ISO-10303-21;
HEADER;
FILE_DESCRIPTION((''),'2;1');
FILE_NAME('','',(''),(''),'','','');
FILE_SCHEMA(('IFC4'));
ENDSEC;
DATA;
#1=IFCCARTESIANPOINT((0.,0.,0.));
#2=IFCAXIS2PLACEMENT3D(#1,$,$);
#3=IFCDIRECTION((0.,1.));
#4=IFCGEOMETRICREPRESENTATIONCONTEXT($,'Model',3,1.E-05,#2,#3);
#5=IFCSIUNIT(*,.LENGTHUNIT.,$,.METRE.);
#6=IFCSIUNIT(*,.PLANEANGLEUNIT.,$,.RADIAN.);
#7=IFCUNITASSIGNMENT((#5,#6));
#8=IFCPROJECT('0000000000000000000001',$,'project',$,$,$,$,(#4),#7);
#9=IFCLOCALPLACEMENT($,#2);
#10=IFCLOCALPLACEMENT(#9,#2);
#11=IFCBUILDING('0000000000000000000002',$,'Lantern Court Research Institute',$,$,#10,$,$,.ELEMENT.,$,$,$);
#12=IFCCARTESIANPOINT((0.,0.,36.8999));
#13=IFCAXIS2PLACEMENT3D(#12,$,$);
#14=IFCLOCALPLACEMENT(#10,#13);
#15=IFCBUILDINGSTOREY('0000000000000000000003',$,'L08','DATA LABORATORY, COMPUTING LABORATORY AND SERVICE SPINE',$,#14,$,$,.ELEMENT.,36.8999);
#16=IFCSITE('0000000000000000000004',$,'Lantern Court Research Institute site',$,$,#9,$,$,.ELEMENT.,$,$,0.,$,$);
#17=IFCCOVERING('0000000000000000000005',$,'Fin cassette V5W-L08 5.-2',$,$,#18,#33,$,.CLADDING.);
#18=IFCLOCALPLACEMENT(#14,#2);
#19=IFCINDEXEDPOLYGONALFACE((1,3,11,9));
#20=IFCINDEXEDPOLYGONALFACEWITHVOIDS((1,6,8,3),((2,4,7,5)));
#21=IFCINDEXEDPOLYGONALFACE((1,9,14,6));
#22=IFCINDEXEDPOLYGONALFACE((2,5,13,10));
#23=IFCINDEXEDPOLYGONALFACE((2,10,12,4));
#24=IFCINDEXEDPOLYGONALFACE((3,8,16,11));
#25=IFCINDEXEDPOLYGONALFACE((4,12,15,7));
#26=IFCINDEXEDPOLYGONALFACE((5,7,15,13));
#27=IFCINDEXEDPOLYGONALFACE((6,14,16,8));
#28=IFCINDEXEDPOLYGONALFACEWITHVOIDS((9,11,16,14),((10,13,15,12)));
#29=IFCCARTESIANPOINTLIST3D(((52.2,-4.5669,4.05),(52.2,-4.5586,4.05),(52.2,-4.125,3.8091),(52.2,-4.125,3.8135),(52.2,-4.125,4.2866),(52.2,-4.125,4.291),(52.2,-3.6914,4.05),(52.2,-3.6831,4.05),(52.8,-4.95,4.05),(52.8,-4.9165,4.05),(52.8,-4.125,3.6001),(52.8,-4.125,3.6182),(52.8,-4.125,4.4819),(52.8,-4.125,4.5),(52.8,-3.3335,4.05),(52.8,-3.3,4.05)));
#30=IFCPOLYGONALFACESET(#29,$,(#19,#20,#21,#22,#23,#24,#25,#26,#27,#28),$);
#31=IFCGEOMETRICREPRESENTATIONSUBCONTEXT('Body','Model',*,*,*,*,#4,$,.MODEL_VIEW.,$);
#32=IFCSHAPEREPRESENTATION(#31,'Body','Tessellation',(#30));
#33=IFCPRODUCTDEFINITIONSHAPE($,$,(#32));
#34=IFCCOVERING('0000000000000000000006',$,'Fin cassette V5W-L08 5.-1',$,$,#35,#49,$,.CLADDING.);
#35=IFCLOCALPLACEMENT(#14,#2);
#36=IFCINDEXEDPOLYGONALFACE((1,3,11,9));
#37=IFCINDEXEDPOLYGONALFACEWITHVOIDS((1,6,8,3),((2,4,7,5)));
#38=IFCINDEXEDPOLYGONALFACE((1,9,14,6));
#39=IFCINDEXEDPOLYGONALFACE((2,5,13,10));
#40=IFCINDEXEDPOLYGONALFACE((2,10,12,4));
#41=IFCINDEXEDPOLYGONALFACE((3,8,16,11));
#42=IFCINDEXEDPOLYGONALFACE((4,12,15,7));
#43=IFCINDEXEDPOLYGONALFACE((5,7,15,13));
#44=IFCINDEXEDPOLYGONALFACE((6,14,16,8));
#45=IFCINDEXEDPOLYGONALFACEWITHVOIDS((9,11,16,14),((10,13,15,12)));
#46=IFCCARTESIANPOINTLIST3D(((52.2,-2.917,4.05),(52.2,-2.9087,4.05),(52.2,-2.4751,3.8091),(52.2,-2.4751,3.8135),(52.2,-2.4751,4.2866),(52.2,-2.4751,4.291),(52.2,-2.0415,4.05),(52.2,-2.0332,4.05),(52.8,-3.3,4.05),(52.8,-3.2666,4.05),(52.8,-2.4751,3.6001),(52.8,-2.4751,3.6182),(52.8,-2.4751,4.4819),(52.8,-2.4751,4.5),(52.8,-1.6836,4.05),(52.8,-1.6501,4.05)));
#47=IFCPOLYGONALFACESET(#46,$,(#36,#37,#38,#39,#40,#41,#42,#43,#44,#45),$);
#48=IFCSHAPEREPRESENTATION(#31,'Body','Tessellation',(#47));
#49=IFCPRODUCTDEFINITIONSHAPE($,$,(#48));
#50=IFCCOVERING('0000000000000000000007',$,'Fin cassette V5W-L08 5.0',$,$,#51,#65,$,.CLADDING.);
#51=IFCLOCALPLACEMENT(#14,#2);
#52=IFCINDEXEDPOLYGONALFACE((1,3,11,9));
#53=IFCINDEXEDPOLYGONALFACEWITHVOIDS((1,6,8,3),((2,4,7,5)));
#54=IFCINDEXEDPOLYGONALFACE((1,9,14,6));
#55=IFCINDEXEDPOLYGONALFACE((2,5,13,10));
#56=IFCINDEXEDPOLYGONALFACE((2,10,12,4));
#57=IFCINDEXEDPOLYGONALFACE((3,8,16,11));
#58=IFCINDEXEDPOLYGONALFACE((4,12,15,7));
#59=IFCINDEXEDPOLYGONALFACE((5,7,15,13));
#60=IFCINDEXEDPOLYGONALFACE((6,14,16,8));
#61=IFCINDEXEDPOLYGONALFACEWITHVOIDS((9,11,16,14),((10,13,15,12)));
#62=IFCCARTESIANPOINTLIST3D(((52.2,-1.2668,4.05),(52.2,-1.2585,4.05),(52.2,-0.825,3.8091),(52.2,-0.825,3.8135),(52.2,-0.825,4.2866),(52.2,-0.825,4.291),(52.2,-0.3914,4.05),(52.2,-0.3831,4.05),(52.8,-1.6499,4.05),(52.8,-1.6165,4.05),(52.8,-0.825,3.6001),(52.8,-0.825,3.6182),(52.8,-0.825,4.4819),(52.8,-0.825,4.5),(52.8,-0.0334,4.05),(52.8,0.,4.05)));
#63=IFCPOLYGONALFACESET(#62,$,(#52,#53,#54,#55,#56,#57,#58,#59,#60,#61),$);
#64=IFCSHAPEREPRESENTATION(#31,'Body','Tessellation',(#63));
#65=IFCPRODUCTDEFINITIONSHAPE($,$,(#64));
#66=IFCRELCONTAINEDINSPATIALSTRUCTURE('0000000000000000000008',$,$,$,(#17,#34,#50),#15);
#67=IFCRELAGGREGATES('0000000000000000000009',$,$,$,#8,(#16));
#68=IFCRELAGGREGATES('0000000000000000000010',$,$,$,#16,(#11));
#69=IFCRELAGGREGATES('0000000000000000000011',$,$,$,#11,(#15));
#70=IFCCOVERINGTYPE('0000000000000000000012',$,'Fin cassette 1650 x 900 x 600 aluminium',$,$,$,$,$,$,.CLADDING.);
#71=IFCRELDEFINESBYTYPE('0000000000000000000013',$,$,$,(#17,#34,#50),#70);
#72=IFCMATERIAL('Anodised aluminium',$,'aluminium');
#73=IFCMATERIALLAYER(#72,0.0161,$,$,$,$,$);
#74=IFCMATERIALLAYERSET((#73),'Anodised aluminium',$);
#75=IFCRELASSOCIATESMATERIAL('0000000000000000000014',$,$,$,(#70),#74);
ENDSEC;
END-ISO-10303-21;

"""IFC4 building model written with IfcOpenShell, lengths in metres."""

from ifc_helpers import new_model, entity, si_unit, direction, frame, origin, place, context, subcontext, project, spatial, material, layer, layer_set, type_object, element, save


model = new_model("IFC4")

# Units and contexts
model_context = context("Model", 3, precision=1e-05, world=origin(), true_north=direction((0.0, 1.0)))
body_context = subcontext(model_context, "Body", "Model", "MODEL_VIEW")
ifc_project = project(units=[si_unit("LENGTHUNIT", "METRE"), si_unit("PLANEANGLEUNIT", "RADIAN")], contexts=[model_context])

# Site, building, storey
site_placement = place(None, origin())
site = spatial("IfcSite", under=ifc_project, at=site_placement, Name="Lantern Court Research Institute site", CompositionType="ELEMENT", RefElevation=0.0)
building_placement = place(site_placement, origin())
building = spatial("IfcBuilding", under=site, at=building_placement, Name="Lantern Court Research Institute", CompositionType="ELEMENT")
storey_placement = place(building_placement, frame((0.0, 0.0, 36.8999)))
storey = spatial("IfcBuildingStorey", under=building, at=storey_placement, Name="L08", Description="DATA LABORATORY, COMPUTING LABORATORY AND SERVICE SPINE", CompositionType="ELEMENT", Elevation=36.8999)

# Coverings
ifc_material = material(Name="Anodised aluminium", Category="aluminium")
ifc_layer = layer(ifc_material, 0.0161)
ifc_layer_set = layer_set([ifc_layer], Name="Anodised aluminium")
covering_type = type_object("IfcCoveringType", Name="Fin cassette 1650 x 900 x 600 aluminium", PredefinedType="CLADDING", material=ifc_layer_set)
covering_1_placement = place(storey_placement, frame((52.8, -4.125, 4.05), z_axis=(-1.0, 0.0, 0.0), x_axis=(0.0, -1.0, 0.0)))
cartesian_point_1 = entity("IfcCartesianPoint", [0.825, 0.0])
cartesian_point_2 = entity("IfcCartesianPoint", [0.7915, 0.0])
cartesian_point_3 = entity("IfcCartesianPoint", [0.4419, 0.0])
cartesian_point_4 = entity("IfcCartesianPoint", [0.4336, 0.0])
element("IfcCovering", 1, at=covering_1_placement, inside=storey, type_object=covering_type, Name="Fin cassette V5W-L08 5.-2", PredefinedType="CLADDING", context=body_context, shape_type="SweptSolid", body=[
    entity("IfcExtrudedAreaSolidTapered", entity("IfcArbitraryProfileDefWithVoids", "AREA", None, entity("IfcPolyline", [cartesian_point_1, entity("IfcCartesianPoint", [0.0, 0.45]), entity("IfcCartesianPoint", [-0.825, 0.0]), entity("IfcCartesianPoint", [0.0, -0.45]), cartesian_point_1]), [entity("IfcPolyline", [cartesian_point_2, entity("IfcCartesianPoint", [0.0, 0.4319]), entity("IfcCartesianPoint", [-0.7915, 0.0]), entity("IfcCartesianPoint", [0.0, -0.4319]), cartesian_point_2])]), entity("IfcAxis2Placement3D", entity("IfcCartesianPoint", [0.0, 0.0, 0.0])), entity("IfcDirection", [0.0, 0.0, 1.0]), 0.6001, entity("IfcArbitraryProfileDefWithVoids", "AREA", None, entity("IfcPolyline", [cartesian_point_3, entity("IfcCartesianPoint", [0.0, 0.241]), entity("IfcCartesianPoint", [-0.4419, 0.0]), entity("IfcCartesianPoint", [0.0, -0.241]), cartesian_point_3]), [entity("IfcPolyline", [cartesian_point_4, entity("IfcCartesianPoint", [0.0, 0.2366]), entity("IfcCartesianPoint", [-0.4336, 0.0]), entity("IfcCartesianPoint", [0.0, -0.2366]), cartesian_point_4])])),
])
covering_2_placement = place(storey_placement, frame((52.8, -2.4751, 4.05), z_axis=(-1.0, 0.0, 0.0), x_axis=(0.0, -1.0, 0.0)))
cartesian_point_5 = entity("IfcCartesianPoint", [0.825, 0.0])
cartesian_point_6 = entity("IfcCartesianPoint", [0.7915, 0.0])
cartesian_point_7 = entity("IfcCartesianPoint", [0.4419, 0.0])
cartesian_point_8 = entity("IfcCartesianPoint", [0.4336, 0.0])
element("IfcCovering", 2, at=covering_2_placement, inside=storey, type_object=covering_type, Name="Fin cassette V5W-L08 5.-1", PredefinedType="CLADDING", context=body_context, shape_type="SweptSolid", body=[
    entity("IfcExtrudedAreaSolidTapered", entity("IfcArbitraryProfileDefWithVoids", "AREA", None, entity("IfcPolyline", [cartesian_point_5, entity("IfcCartesianPoint", [0.0, 0.45]), entity("IfcCartesianPoint", [-0.825, 0.0]), entity("IfcCartesianPoint", [0.0, -0.45]), cartesian_point_5]), [entity("IfcPolyline", [cartesian_point_6, entity("IfcCartesianPoint", [0.0, 0.4319]), entity("IfcCartesianPoint", [-0.7915, 0.0]), entity("IfcCartesianPoint", [0.0, -0.4319]), cartesian_point_6])]), entity("IfcAxis2Placement3D", entity("IfcCartesianPoint", [0.0, 0.0, 0.0])), entity("IfcDirection", [0.0, 0.0, 1.0]), 0.6001, entity("IfcArbitraryProfileDefWithVoids", "AREA", None, entity("IfcPolyline", [cartesian_point_7, entity("IfcCartesianPoint", [0.0, 0.241]), entity("IfcCartesianPoint", [-0.4419, 0.0]), entity("IfcCartesianPoint", [0.0, -0.241]), cartesian_point_7]), [entity("IfcPolyline", [cartesian_point_8, entity("IfcCartesianPoint", [0.0, 0.2366]), entity("IfcCartesianPoint", [-0.4336, 0.0]), entity("IfcCartesianPoint", [0.0, -0.2366]), cartesian_point_8])])),
])
covering_3_placement = place(storey_placement, frame((52.8, -0.825, 4.05), z_axis=(-1.0, 0.0, 0.0), x_axis=(0.0, -1.0, 0.0)))
cartesian_point_9 = entity("IfcCartesianPoint", [0.825, 0.0])
cartesian_point_10 = entity("IfcCartesianPoint", [0.7915, 0.0])
cartesian_point_11 = entity("IfcCartesianPoint", [0.4419, 0.0])
cartesian_point_12 = entity("IfcCartesianPoint", [0.4336, 0.0])
element("IfcCovering", 3, at=covering_3_placement, inside=storey, type_object=covering_type, Name="Fin cassette V5W-L08 5.0", PredefinedType="CLADDING", context=body_context, shape_type="SweptSolid", body=[
    entity("IfcExtrudedAreaSolidTapered", entity("IfcArbitraryProfileDefWithVoids", "AREA", None, entity("IfcPolyline", [cartesian_point_9, entity("IfcCartesianPoint", [0.0, 0.45]), entity("IfcCartesianPoint", [-0.825, 0.0]), entity("IfcCartesianPoint", [0.0, -0.45]), cartesian_point_9]), [entity("IfcPolyline", [cartesian_point_10, entity("IfcCartesianPoint", [0.0, 0.4319]), entity("IfcCartesianPoint", [-0.7915, 0.0]), entity("IfcCartesianPoint", [0.0, -0.4319]), cartesian_point_10])]), entity("IfcAxis2Placement3D", entity("IfcCartesianPoint", [0.0, 0.0, 0.0])), entity("IfcDirection", [0.0, 0.0, 1.0]), 0.6001, entity("IfcArbitraryProfileDefWithVoids", "AREA", None, entity("IfcPolyline", [cartesian_point_11, entity("IfcCartesianPoint", [0.0, 0.241]), entity("IfcCartesianPoint", [-0.4419, 0.0]), entity("IfcCartesianPoint", [0.0, -0.241]), cartesian_point_11]), [entity("IfcPolyline", [cartesian_point_12, entity("IfcCartesianPoint", [0.0, 0.2366]), entity("IfcCartesianPoint", [-0.4336, 0.0]), entity("IfcCartesianPoint", [0.0, -0.2366]), cartesian_point_12])])),
])

save(model, "model.ifc")
